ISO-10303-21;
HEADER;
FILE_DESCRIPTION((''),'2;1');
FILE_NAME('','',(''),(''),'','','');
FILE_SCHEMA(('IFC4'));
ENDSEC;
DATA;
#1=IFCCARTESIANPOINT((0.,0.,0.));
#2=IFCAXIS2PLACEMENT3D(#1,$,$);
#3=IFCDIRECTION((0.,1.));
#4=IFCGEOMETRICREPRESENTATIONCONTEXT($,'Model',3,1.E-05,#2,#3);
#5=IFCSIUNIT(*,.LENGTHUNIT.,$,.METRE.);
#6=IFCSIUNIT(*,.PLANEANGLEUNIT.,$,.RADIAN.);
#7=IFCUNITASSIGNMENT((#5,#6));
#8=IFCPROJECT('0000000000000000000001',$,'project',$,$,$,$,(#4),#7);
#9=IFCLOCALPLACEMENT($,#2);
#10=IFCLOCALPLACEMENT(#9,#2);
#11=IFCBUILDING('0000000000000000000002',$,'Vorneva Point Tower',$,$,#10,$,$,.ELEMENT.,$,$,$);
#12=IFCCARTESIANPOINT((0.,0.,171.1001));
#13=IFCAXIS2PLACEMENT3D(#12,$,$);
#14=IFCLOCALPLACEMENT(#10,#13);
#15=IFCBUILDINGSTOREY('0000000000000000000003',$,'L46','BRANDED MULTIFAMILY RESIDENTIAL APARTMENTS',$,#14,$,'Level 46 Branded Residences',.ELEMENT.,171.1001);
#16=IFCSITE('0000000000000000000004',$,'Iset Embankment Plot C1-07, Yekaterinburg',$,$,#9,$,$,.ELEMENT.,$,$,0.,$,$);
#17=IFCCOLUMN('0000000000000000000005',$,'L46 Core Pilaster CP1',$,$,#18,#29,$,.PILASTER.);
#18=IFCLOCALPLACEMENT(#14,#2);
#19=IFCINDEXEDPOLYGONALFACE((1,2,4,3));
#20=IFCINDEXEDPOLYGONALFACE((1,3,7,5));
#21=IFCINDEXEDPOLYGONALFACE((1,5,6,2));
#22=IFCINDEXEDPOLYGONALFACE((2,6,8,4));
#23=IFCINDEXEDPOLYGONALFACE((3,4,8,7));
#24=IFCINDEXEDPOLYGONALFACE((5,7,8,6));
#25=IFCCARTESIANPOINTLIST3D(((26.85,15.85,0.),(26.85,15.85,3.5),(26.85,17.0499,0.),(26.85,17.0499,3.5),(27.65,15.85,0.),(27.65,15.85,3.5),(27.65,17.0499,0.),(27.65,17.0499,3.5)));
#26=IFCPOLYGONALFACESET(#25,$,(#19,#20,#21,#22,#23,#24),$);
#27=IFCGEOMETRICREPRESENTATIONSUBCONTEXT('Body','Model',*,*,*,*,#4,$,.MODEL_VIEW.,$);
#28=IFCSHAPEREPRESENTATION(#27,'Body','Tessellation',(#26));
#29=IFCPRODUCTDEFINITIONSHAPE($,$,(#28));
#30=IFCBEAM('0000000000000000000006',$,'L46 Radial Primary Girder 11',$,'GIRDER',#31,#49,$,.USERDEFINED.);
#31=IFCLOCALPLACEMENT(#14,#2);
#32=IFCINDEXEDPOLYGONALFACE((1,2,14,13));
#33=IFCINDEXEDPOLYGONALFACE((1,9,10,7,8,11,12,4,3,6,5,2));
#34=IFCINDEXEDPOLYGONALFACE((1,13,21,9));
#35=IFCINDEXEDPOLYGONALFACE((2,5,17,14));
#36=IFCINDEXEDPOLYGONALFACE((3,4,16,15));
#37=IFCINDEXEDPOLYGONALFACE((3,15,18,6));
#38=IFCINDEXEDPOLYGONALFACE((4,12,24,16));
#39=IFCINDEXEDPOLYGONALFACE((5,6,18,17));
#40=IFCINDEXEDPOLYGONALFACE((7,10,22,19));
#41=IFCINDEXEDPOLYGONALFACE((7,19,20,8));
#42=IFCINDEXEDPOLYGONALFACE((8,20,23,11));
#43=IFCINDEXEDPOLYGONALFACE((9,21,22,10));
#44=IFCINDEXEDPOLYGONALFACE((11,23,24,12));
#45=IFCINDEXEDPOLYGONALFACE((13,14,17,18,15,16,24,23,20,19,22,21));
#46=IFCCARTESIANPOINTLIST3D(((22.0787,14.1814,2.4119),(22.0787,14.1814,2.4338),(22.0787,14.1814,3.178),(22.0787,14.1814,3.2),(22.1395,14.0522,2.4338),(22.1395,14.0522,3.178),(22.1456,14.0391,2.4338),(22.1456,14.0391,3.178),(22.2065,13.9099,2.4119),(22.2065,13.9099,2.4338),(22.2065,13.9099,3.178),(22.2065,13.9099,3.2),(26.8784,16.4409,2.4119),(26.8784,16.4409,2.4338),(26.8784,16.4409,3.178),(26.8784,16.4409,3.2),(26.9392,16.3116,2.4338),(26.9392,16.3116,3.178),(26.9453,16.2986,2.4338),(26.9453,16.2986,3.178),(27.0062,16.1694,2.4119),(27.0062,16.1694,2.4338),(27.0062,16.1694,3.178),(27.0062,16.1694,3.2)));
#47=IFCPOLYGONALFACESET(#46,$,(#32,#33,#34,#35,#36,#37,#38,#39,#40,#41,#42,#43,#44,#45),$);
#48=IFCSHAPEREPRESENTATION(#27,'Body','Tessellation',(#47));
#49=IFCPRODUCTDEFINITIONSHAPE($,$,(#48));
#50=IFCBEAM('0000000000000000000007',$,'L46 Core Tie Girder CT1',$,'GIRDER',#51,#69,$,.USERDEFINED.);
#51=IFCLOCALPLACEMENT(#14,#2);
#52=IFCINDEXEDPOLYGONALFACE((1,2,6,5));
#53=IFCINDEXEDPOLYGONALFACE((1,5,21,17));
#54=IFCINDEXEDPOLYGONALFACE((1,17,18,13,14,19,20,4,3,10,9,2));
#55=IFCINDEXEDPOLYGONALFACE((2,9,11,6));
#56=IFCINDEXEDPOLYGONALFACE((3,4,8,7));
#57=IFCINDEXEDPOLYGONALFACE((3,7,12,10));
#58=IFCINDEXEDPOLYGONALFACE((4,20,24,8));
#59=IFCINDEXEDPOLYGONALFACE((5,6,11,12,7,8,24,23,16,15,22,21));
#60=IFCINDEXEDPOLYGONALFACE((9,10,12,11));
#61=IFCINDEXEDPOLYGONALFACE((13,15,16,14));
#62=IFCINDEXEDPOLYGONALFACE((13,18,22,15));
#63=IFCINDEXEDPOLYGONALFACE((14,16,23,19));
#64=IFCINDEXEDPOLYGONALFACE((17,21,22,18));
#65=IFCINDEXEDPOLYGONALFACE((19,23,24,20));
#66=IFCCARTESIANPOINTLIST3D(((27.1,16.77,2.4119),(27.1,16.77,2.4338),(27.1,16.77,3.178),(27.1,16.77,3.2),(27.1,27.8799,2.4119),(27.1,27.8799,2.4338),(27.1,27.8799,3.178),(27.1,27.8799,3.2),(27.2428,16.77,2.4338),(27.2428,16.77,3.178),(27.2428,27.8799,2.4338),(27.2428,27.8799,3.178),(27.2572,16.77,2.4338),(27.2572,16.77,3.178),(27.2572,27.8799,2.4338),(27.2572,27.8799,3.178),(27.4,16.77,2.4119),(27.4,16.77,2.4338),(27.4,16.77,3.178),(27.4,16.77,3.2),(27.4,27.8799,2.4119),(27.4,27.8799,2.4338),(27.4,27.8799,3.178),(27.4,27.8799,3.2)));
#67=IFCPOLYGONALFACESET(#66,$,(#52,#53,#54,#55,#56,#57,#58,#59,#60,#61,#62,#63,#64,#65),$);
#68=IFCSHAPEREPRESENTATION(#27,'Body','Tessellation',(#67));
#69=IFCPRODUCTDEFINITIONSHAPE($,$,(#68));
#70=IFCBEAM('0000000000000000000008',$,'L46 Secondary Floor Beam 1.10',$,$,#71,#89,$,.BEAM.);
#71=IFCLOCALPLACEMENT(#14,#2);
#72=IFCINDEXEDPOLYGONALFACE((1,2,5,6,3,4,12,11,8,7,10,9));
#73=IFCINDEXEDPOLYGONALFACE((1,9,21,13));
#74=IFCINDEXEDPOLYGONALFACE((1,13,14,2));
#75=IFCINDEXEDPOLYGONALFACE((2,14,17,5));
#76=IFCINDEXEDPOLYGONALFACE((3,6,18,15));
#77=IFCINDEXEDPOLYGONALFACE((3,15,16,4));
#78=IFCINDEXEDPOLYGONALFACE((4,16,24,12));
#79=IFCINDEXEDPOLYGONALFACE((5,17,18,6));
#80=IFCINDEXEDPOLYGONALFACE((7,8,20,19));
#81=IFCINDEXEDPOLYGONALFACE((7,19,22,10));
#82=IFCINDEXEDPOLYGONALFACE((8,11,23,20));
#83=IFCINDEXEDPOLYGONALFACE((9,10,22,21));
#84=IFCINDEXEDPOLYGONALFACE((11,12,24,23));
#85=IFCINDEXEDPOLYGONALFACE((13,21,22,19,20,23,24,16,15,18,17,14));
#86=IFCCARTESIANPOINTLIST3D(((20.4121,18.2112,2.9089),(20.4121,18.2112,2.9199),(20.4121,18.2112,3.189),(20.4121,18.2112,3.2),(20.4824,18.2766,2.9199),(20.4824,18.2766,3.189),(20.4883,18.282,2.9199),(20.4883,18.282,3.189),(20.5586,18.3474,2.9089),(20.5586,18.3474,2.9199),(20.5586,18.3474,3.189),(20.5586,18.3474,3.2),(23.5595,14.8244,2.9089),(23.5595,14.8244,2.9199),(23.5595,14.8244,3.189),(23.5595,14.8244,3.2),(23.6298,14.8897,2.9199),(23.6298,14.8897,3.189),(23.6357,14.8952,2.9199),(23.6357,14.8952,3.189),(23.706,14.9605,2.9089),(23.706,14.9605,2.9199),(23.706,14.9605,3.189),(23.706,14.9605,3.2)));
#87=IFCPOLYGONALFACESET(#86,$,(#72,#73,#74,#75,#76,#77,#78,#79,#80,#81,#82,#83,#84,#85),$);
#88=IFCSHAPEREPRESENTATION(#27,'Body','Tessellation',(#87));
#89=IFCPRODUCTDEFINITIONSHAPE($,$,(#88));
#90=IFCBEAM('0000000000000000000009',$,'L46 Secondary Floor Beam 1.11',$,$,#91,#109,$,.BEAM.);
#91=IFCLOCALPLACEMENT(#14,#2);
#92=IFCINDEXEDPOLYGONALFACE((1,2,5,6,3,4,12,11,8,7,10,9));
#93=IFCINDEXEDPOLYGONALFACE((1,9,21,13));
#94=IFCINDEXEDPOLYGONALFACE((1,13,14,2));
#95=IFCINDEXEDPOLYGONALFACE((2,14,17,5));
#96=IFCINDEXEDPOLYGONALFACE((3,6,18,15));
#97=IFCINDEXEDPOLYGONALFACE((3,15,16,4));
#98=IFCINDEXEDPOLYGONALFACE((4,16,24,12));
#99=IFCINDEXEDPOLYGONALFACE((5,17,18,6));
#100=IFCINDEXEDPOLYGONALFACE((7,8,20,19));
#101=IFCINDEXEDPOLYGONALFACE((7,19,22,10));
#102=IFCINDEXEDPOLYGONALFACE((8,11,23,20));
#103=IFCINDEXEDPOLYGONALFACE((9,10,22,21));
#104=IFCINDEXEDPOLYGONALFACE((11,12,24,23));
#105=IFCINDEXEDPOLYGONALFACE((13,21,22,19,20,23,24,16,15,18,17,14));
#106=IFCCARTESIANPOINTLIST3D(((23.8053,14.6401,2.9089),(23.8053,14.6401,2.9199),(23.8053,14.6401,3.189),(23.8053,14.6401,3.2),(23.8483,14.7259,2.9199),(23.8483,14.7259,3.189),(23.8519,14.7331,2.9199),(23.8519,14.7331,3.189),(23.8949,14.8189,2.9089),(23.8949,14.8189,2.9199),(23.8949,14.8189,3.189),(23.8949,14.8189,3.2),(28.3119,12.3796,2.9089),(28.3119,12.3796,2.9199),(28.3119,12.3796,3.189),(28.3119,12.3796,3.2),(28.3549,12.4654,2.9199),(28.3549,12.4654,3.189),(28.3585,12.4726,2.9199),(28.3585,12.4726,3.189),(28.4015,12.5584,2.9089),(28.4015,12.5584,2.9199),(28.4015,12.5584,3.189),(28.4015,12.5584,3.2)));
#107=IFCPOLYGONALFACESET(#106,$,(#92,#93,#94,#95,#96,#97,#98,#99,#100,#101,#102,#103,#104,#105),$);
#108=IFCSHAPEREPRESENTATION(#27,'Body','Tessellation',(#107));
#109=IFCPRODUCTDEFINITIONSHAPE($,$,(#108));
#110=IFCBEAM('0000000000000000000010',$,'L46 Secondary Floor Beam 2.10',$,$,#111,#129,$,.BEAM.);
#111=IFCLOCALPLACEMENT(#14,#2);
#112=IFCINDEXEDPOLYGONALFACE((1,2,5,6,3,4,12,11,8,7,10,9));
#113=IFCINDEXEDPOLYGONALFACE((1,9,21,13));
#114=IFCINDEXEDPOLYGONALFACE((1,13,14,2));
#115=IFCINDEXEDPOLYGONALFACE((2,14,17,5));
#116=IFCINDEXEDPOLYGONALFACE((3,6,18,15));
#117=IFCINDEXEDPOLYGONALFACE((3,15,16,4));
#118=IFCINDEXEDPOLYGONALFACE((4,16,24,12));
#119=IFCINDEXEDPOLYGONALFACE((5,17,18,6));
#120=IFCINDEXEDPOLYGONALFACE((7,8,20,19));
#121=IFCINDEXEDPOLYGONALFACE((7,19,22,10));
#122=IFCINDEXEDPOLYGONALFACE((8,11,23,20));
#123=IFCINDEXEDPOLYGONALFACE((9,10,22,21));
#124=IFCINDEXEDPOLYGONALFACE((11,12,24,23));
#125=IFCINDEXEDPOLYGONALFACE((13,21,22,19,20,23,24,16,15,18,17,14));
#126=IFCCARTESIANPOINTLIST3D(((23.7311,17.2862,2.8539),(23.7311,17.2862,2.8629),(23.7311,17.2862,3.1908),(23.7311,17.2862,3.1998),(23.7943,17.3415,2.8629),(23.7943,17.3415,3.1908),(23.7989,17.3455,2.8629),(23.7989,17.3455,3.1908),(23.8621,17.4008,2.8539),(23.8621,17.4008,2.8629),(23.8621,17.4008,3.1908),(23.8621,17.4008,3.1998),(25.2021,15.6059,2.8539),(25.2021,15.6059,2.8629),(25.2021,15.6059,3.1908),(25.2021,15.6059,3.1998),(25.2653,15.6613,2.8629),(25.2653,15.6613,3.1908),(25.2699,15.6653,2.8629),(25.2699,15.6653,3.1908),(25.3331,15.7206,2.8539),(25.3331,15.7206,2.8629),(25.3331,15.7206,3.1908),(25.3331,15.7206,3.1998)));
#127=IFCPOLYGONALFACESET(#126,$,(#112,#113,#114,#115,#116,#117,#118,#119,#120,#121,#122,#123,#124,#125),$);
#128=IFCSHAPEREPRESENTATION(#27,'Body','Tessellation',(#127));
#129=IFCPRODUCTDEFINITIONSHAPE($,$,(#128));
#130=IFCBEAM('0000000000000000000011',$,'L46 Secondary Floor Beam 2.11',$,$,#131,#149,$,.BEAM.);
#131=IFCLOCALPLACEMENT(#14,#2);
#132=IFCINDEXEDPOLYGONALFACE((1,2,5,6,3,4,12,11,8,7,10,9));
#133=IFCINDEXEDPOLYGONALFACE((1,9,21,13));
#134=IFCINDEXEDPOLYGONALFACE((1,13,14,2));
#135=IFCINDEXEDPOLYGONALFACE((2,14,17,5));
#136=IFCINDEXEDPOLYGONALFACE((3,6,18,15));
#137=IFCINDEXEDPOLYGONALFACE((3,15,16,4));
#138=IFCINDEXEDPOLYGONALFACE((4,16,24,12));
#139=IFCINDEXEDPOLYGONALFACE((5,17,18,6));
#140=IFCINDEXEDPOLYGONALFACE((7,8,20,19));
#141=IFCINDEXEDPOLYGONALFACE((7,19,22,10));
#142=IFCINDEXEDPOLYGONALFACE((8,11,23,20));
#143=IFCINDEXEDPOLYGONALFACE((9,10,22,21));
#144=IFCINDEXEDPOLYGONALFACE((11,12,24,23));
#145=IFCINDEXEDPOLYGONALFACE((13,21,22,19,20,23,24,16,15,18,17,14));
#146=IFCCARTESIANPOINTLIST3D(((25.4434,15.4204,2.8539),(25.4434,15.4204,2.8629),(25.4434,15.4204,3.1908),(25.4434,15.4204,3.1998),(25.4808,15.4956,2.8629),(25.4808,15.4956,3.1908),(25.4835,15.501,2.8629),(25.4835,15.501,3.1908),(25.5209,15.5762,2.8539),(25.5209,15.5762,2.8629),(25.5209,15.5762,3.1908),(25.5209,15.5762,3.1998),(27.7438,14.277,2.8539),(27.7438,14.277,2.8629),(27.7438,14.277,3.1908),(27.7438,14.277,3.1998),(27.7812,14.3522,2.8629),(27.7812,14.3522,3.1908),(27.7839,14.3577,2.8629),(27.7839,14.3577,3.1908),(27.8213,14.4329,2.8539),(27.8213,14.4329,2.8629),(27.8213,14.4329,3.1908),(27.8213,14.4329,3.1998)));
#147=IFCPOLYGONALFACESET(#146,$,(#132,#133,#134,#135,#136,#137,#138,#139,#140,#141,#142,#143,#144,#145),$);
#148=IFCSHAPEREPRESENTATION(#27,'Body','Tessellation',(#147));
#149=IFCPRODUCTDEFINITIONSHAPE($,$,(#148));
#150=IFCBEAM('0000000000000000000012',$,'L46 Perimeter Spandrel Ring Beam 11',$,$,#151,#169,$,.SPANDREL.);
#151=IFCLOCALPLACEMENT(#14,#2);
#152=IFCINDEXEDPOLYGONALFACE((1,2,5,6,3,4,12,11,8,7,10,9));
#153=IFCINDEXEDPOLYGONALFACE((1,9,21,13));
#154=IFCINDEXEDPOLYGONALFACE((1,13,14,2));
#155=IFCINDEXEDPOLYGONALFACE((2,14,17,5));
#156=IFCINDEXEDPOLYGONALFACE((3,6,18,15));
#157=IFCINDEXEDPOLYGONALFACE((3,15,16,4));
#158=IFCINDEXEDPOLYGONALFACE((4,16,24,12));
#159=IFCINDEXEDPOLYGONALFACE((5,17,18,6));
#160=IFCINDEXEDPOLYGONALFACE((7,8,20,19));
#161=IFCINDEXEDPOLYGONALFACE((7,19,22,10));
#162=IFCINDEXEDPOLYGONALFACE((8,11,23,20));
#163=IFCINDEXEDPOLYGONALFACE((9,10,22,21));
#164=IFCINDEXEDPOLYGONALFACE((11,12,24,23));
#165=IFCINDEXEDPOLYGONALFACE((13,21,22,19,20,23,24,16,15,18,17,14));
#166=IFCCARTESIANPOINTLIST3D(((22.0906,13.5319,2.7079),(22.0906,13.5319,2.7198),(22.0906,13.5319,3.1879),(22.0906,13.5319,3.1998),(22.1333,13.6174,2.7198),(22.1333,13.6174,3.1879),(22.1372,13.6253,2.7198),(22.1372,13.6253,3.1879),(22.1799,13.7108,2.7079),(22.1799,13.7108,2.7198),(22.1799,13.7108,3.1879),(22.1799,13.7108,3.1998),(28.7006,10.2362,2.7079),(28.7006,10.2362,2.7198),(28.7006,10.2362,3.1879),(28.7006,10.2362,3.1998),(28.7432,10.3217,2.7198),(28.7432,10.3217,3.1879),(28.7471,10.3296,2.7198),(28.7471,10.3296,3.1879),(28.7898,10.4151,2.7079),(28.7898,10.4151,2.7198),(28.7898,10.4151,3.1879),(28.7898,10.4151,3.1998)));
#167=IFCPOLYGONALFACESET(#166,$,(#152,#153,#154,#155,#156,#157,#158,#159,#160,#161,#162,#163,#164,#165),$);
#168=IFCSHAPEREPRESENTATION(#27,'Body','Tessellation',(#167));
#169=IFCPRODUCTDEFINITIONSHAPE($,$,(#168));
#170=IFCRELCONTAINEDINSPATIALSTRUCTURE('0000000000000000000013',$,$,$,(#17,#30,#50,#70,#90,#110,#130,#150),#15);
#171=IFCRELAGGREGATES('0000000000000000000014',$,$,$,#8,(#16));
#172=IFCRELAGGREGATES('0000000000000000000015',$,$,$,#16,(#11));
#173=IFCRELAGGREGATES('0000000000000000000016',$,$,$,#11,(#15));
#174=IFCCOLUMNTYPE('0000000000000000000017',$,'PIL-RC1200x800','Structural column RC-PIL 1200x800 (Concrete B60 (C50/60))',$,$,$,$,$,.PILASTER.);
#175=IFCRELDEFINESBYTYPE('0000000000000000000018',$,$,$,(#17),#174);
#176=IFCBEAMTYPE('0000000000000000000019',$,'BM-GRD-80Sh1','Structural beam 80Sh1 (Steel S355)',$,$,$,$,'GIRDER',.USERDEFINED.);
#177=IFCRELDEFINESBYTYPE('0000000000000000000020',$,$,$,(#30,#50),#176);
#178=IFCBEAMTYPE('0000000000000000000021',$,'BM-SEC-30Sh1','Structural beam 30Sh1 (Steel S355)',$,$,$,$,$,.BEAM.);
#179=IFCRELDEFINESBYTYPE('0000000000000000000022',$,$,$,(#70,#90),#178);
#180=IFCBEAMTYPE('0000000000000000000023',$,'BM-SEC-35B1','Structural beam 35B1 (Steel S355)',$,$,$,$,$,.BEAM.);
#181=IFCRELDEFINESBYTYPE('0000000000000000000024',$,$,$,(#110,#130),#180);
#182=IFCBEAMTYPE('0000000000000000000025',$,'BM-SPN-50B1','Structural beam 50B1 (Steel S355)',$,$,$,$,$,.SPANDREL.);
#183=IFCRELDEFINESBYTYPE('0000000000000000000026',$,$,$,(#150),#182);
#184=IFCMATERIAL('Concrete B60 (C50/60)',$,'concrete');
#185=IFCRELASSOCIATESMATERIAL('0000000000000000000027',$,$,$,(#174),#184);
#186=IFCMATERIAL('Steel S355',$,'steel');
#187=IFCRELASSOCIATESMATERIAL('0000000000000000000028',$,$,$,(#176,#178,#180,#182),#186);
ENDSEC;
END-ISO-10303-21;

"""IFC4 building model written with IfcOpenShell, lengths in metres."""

from ifc_helpers import new_model, si_unit, direction, frame, origin, origin_2d, place, context, subcontext, project, spatial, rectangle, i_section, extrude, material, material_profile, profile_set, type_object, element, save


model = new_model("IFC4")

# Units and contexts
model_context = context("Model", 3, precision=1e-05, world=origin(), true_north=direction((0.0, 1.0)))
body_context = subcontext(model_context, "Body", "Model", "MODEL_VIEW")
ifc_project = project(units=[si_unit("LENGTHUNIT", "METRE"), si_unit("PLANEANGLEUNIT", "RADIAN")], contexts=[model_context])

# Site, building, storey
site_placement = place(None, origin())
site = spatial("IfcSite", under=ifc_project, at=site_placement, Name="Iset Embankment Plot C1-07, Yekaterinburg", CompositionType="ELEMENT", RefElevation=0.0)
building_placement = place(site_placement, origin())
building = spatial("IfcBuilding", under=site, at=building_placement, Name="Vorneva Point Tower", CompositionType="ELEMENT")
storey_placement = place(building_placement, frame((0.0, 0.0, 171.1001)))
storey = spatial("IfcBuildingStorey", under=building, at=storey_placement, Name="L46", Description="BRANDED MULTIFAMILY RESIDENTIAL APARTMENTS", LongName="Level 46 Branded Residences", CompositionType="ELEMENT", Elevation=171.1001)

# Column
ifc_material_1 = material(Name="Concrete B60 (C50/60)", Category="concrete")
ifc_material_profile_1 = material_profile(ifc_material_1, rectangle(XDim=0.8, YDim=1.2, at=origin_2d()), Name="RC-PIL 1200x800")
ifc_profile_set_1 = profile_set([ifc_material_profile_1], Name="Concrete B60 (C50/60)")
column_type_1 = type_object("IfcColumnType", Name="PIL-RC1200x800", Description="Structural column RC-PIL 1200x800 (Concrete B60 (C50/60))", PredefinedType="PILASTER", material=ifc_profile_set_1)
column_1_placement = place(storey_placement, frame((27.25, 16.45, 0.0), z_axis=(0.0, 0.0, 1.0), x_axis=(1.0, 0.0, 0.0)))
element("IfcColumn", 1, at=column_1_placement, inside=storey, type_object=column_type_1, Name="L46 Core Pilaster CP1", PredefinedType="PILASTER", context=body_context, shape_type="SweptSolid", body=[
    extrude(rectangle(XDim=0.8, YDim=1.2, at=origin_2d()), origin(), (0.0, 0.0, 1.0), 3.5),
])

# Beams
ifc_material_2 = material(Name="Steel S355", Category="steel")
ifc_material_profile_2 = material_profile(ifc_material_2, i_section(OverallWidth=0.3, OverallDepth=0.7881, WebThickness=0.0144, FlangeThickness=0.022, at=origin_2d()), Name="80Sh1")
ifc_profile_set_2 = profile_set([ifc_material_profile_2], Name="Steel S355")
beam_type_1 = type_object("IfcBeamType", Name="BM-GRD-80Sh1", Description="Structural beam 80Sh1 (Steel S355)", ElementType="GIRDER", PredefinedType="USERDEFINED", material=ifc_profile_set_2)
beam_1_placement = place(storey_placement, frame((22.1426, 14.0457, 2.8059), z_axis=(0.904761, 0.425919, 0.0), x_axis=(-0.425919, 0.904761, 0.0)))
element("IfcBeam", 2, at=beam_1_placement, inside=storey, type_object=beam_type_1, Name="L46 Radial Primary Girder 11", ObjectType="GIRDER", PredefinedType="USERDEFINED", context=body_context, shape_type="SweptSolid", body=[
    extrude(i_section(OverallWidth=0.3, OverallDepth=0.7881, WebThickness=0.0144, FlangeThickness=0.022, at=origin_2d()), origin(), (0.0, 0.0, 1.0), 5.3049),
])
beam_2_placement = place(storey_placement, frame((27.25, 16.77, 2.8059), z_axis=(0.0, 1.0, 0.0), x_axis=(-1.0, 0.0, 0.0)))
element("IfcBeam", 3, at=beam_2_placement, inside=storey, type_object=beam_type_1, Name="L46 Core Tie Girder CT1", ObjectType="GIRDER", PredefinedType="USERDEFINED", context=body_context, shape_type="SweptSolid", body=[
    extrude(i_section(OverallWidth=0.3, OverallDepth=0.7881, WebThickness=0.0144, FlangeThickness=0.022, at=origin_2d()), origin(), (0.0, 0.0, 1.0), 11.1099),
])
ifc_material_profile_3 = material_profile(ifc_material_2, i_section(OverallWidth=0.2, OverallDepth=0.291, WebThickness=0.0081, FlangeThickness=0.011, at=origin_2d()), Name="30Sh1")
ifc_profile_set_3 = profile_set([ifc_material_profile_3], Name="Steel S355")
beam_type_2 = type_object("IfcBeamType", Name="BM-SEC-30Sh1", Description="Structural beam 30Sh1 (Steel S355)", PredefinedType="BEAM", material=ifc_profile_set_3)
beam_3_placement = place(storey_placement, frame((20.4854, 18.2793, 3.0544), z_axis=(0.680733, -0.732532, 0.0), x_axis=(0.732532, 0.680733, 0.0)))
element("IfcBeam", 4, at=beam_3_placement, inside=storey, type_object=beam_type_2, Name="L46 Secondary Floor Beam 1.10", PredefinedType="BEAM", context=body_context, shape_type="SweptSolid", body=[
    extrude(i_section(OverallWidth=0.2, OverallDepth=0.291, WebThickness=0.0081, FlangeThickness=0.011, at=origin_2d()), origin(), (0.0, 0.0, 1.0), 4.6235),
])
beam_4_placement = place(storey_placement, frame((23.8501, 14.7295, 3.0544), z_axis=(0.893855, -0.448356, 0.0), x_axis=(0.448356, 0.893855, 0.0)))
element("IfcBeam", 5, at=beam_4_placement, inside=storey, type_object=beam_type_2, Name="L46 Secondary Floor Beam 1.11", PredefinedType="BEAM", context=body_context, shape_type="SweptSolid", body=[
    extrude(i_section(OverallWidth=0.2, OverallDepth=0.291, WebThickness=0.0081, FlangeThickness=0.011, at=origin_2d()), origin(), (0.0, 0.0, 1.0), 5.0417),
])
ifc_material_profile_4 = material_profile(ifc_material_2, i_section(OverallWidth=0.1741, OverallDepth=0.3459, WebThickness=0.0061, FlangeThickness=0.009, at=origin_2d()), Name="35B1")
ifc_profile_set_4 = profile_set([ifc_material_profile_4], Name="Steel S355")
beam_type_3 = type_object("IfcBeamType", Name="BM-SEC-35B1", Description="Structural beam 35B1 (Steel S355)", PredefinedType="BEAM", material=ifc_profile_set_4)
beam_5_placement = place(storey_placement, frame((23.7966, 17.3435, 3.0269), z_axis=(0.658706, -0.752401, 0.0), x_axis=(0.752401, 0.658706, 0.0)))
element("IfcBeam", 6, at=beam_5_placement, inside=storey, type_object=beam_type_3, Name="L46 Secondary Floor Beam 2.10", PredefinedType="BEAM", context=body_context, shape_type="SweptSolid", body=[
    extrude(i_section(OverallWidth=0.1741, OverallDepth=0.3459, WebThickness=0.0061, FlangeThickness=0.009, at=origin_2d()), origin(), (0.0, 0.0, 1.0), 2.2332),
])
beam_6_placement = place(storey_placement, frame((25.4822, 15.4983, 3.0269), z_axis=(0.895489, -0.445083, 0.0), x_axis=(0.445083, 0.895489, 0.0)))
element("IfcBeam", 7, at=beam_6_placement, inside=storey, type_object=beam_type_3, Name="L46 Secondary Floor Beam 2.11", PredefinedType="BEAM", context=body_context, shape_type="SweptSolid", body=[
    extrude(i_section(OverallWidth=0.1741, OverallDepth=0.3459, WebThickness=0.0061, FlangeThickness=0.009, at=origin_2d()), origin(), (0.0, 0.0, 1.0), 2.5688),
])
ifc_material_profile_5 = material_profile(ifc_material_2, i_section(OverallWidth=0.2, OverallDepth=0.4919, WebThickness=0.0088, FlangeThickness=0.012, at=origin_2d()), Name="50B1")
ifc_profile_set_5 = profile_set([ifc_material_profile_5], Name="Steel S355")
beam_type_4 = type_object("IfcBeamType", Name="BM-SPN-50B1", Description="Structural beam 50B1 (Steel S355)", PredefinedType="SPANDREL", material=ifc_profile_set_5)
beam_7_placement = place(storey_placement, frame((22.1353, 13.6213, 2.9539), z_axis=(0.894929, -0.446208, 0.0), x_axis=(0.446208, 0.894929, 0.0)))
element("IfcBeam", 8, at=beam_7_placement, inside=storey, type_object=beam_type_4, Name="L46 Perimeter Spandrel Ring Beam 11", PredefinedType="SPANDREL", context=body_context, shape_type="SweptSolid", body=[
    extrude(i_section(OverallWidth=0.2, OverallDepth=0.4919, WebThickness=0.0088, FlangeThickness=0.012, at=origin_2d()), origin(), (0.0, 0.0, 1.0), 7.386),
])

save(model, "model.ifc")
